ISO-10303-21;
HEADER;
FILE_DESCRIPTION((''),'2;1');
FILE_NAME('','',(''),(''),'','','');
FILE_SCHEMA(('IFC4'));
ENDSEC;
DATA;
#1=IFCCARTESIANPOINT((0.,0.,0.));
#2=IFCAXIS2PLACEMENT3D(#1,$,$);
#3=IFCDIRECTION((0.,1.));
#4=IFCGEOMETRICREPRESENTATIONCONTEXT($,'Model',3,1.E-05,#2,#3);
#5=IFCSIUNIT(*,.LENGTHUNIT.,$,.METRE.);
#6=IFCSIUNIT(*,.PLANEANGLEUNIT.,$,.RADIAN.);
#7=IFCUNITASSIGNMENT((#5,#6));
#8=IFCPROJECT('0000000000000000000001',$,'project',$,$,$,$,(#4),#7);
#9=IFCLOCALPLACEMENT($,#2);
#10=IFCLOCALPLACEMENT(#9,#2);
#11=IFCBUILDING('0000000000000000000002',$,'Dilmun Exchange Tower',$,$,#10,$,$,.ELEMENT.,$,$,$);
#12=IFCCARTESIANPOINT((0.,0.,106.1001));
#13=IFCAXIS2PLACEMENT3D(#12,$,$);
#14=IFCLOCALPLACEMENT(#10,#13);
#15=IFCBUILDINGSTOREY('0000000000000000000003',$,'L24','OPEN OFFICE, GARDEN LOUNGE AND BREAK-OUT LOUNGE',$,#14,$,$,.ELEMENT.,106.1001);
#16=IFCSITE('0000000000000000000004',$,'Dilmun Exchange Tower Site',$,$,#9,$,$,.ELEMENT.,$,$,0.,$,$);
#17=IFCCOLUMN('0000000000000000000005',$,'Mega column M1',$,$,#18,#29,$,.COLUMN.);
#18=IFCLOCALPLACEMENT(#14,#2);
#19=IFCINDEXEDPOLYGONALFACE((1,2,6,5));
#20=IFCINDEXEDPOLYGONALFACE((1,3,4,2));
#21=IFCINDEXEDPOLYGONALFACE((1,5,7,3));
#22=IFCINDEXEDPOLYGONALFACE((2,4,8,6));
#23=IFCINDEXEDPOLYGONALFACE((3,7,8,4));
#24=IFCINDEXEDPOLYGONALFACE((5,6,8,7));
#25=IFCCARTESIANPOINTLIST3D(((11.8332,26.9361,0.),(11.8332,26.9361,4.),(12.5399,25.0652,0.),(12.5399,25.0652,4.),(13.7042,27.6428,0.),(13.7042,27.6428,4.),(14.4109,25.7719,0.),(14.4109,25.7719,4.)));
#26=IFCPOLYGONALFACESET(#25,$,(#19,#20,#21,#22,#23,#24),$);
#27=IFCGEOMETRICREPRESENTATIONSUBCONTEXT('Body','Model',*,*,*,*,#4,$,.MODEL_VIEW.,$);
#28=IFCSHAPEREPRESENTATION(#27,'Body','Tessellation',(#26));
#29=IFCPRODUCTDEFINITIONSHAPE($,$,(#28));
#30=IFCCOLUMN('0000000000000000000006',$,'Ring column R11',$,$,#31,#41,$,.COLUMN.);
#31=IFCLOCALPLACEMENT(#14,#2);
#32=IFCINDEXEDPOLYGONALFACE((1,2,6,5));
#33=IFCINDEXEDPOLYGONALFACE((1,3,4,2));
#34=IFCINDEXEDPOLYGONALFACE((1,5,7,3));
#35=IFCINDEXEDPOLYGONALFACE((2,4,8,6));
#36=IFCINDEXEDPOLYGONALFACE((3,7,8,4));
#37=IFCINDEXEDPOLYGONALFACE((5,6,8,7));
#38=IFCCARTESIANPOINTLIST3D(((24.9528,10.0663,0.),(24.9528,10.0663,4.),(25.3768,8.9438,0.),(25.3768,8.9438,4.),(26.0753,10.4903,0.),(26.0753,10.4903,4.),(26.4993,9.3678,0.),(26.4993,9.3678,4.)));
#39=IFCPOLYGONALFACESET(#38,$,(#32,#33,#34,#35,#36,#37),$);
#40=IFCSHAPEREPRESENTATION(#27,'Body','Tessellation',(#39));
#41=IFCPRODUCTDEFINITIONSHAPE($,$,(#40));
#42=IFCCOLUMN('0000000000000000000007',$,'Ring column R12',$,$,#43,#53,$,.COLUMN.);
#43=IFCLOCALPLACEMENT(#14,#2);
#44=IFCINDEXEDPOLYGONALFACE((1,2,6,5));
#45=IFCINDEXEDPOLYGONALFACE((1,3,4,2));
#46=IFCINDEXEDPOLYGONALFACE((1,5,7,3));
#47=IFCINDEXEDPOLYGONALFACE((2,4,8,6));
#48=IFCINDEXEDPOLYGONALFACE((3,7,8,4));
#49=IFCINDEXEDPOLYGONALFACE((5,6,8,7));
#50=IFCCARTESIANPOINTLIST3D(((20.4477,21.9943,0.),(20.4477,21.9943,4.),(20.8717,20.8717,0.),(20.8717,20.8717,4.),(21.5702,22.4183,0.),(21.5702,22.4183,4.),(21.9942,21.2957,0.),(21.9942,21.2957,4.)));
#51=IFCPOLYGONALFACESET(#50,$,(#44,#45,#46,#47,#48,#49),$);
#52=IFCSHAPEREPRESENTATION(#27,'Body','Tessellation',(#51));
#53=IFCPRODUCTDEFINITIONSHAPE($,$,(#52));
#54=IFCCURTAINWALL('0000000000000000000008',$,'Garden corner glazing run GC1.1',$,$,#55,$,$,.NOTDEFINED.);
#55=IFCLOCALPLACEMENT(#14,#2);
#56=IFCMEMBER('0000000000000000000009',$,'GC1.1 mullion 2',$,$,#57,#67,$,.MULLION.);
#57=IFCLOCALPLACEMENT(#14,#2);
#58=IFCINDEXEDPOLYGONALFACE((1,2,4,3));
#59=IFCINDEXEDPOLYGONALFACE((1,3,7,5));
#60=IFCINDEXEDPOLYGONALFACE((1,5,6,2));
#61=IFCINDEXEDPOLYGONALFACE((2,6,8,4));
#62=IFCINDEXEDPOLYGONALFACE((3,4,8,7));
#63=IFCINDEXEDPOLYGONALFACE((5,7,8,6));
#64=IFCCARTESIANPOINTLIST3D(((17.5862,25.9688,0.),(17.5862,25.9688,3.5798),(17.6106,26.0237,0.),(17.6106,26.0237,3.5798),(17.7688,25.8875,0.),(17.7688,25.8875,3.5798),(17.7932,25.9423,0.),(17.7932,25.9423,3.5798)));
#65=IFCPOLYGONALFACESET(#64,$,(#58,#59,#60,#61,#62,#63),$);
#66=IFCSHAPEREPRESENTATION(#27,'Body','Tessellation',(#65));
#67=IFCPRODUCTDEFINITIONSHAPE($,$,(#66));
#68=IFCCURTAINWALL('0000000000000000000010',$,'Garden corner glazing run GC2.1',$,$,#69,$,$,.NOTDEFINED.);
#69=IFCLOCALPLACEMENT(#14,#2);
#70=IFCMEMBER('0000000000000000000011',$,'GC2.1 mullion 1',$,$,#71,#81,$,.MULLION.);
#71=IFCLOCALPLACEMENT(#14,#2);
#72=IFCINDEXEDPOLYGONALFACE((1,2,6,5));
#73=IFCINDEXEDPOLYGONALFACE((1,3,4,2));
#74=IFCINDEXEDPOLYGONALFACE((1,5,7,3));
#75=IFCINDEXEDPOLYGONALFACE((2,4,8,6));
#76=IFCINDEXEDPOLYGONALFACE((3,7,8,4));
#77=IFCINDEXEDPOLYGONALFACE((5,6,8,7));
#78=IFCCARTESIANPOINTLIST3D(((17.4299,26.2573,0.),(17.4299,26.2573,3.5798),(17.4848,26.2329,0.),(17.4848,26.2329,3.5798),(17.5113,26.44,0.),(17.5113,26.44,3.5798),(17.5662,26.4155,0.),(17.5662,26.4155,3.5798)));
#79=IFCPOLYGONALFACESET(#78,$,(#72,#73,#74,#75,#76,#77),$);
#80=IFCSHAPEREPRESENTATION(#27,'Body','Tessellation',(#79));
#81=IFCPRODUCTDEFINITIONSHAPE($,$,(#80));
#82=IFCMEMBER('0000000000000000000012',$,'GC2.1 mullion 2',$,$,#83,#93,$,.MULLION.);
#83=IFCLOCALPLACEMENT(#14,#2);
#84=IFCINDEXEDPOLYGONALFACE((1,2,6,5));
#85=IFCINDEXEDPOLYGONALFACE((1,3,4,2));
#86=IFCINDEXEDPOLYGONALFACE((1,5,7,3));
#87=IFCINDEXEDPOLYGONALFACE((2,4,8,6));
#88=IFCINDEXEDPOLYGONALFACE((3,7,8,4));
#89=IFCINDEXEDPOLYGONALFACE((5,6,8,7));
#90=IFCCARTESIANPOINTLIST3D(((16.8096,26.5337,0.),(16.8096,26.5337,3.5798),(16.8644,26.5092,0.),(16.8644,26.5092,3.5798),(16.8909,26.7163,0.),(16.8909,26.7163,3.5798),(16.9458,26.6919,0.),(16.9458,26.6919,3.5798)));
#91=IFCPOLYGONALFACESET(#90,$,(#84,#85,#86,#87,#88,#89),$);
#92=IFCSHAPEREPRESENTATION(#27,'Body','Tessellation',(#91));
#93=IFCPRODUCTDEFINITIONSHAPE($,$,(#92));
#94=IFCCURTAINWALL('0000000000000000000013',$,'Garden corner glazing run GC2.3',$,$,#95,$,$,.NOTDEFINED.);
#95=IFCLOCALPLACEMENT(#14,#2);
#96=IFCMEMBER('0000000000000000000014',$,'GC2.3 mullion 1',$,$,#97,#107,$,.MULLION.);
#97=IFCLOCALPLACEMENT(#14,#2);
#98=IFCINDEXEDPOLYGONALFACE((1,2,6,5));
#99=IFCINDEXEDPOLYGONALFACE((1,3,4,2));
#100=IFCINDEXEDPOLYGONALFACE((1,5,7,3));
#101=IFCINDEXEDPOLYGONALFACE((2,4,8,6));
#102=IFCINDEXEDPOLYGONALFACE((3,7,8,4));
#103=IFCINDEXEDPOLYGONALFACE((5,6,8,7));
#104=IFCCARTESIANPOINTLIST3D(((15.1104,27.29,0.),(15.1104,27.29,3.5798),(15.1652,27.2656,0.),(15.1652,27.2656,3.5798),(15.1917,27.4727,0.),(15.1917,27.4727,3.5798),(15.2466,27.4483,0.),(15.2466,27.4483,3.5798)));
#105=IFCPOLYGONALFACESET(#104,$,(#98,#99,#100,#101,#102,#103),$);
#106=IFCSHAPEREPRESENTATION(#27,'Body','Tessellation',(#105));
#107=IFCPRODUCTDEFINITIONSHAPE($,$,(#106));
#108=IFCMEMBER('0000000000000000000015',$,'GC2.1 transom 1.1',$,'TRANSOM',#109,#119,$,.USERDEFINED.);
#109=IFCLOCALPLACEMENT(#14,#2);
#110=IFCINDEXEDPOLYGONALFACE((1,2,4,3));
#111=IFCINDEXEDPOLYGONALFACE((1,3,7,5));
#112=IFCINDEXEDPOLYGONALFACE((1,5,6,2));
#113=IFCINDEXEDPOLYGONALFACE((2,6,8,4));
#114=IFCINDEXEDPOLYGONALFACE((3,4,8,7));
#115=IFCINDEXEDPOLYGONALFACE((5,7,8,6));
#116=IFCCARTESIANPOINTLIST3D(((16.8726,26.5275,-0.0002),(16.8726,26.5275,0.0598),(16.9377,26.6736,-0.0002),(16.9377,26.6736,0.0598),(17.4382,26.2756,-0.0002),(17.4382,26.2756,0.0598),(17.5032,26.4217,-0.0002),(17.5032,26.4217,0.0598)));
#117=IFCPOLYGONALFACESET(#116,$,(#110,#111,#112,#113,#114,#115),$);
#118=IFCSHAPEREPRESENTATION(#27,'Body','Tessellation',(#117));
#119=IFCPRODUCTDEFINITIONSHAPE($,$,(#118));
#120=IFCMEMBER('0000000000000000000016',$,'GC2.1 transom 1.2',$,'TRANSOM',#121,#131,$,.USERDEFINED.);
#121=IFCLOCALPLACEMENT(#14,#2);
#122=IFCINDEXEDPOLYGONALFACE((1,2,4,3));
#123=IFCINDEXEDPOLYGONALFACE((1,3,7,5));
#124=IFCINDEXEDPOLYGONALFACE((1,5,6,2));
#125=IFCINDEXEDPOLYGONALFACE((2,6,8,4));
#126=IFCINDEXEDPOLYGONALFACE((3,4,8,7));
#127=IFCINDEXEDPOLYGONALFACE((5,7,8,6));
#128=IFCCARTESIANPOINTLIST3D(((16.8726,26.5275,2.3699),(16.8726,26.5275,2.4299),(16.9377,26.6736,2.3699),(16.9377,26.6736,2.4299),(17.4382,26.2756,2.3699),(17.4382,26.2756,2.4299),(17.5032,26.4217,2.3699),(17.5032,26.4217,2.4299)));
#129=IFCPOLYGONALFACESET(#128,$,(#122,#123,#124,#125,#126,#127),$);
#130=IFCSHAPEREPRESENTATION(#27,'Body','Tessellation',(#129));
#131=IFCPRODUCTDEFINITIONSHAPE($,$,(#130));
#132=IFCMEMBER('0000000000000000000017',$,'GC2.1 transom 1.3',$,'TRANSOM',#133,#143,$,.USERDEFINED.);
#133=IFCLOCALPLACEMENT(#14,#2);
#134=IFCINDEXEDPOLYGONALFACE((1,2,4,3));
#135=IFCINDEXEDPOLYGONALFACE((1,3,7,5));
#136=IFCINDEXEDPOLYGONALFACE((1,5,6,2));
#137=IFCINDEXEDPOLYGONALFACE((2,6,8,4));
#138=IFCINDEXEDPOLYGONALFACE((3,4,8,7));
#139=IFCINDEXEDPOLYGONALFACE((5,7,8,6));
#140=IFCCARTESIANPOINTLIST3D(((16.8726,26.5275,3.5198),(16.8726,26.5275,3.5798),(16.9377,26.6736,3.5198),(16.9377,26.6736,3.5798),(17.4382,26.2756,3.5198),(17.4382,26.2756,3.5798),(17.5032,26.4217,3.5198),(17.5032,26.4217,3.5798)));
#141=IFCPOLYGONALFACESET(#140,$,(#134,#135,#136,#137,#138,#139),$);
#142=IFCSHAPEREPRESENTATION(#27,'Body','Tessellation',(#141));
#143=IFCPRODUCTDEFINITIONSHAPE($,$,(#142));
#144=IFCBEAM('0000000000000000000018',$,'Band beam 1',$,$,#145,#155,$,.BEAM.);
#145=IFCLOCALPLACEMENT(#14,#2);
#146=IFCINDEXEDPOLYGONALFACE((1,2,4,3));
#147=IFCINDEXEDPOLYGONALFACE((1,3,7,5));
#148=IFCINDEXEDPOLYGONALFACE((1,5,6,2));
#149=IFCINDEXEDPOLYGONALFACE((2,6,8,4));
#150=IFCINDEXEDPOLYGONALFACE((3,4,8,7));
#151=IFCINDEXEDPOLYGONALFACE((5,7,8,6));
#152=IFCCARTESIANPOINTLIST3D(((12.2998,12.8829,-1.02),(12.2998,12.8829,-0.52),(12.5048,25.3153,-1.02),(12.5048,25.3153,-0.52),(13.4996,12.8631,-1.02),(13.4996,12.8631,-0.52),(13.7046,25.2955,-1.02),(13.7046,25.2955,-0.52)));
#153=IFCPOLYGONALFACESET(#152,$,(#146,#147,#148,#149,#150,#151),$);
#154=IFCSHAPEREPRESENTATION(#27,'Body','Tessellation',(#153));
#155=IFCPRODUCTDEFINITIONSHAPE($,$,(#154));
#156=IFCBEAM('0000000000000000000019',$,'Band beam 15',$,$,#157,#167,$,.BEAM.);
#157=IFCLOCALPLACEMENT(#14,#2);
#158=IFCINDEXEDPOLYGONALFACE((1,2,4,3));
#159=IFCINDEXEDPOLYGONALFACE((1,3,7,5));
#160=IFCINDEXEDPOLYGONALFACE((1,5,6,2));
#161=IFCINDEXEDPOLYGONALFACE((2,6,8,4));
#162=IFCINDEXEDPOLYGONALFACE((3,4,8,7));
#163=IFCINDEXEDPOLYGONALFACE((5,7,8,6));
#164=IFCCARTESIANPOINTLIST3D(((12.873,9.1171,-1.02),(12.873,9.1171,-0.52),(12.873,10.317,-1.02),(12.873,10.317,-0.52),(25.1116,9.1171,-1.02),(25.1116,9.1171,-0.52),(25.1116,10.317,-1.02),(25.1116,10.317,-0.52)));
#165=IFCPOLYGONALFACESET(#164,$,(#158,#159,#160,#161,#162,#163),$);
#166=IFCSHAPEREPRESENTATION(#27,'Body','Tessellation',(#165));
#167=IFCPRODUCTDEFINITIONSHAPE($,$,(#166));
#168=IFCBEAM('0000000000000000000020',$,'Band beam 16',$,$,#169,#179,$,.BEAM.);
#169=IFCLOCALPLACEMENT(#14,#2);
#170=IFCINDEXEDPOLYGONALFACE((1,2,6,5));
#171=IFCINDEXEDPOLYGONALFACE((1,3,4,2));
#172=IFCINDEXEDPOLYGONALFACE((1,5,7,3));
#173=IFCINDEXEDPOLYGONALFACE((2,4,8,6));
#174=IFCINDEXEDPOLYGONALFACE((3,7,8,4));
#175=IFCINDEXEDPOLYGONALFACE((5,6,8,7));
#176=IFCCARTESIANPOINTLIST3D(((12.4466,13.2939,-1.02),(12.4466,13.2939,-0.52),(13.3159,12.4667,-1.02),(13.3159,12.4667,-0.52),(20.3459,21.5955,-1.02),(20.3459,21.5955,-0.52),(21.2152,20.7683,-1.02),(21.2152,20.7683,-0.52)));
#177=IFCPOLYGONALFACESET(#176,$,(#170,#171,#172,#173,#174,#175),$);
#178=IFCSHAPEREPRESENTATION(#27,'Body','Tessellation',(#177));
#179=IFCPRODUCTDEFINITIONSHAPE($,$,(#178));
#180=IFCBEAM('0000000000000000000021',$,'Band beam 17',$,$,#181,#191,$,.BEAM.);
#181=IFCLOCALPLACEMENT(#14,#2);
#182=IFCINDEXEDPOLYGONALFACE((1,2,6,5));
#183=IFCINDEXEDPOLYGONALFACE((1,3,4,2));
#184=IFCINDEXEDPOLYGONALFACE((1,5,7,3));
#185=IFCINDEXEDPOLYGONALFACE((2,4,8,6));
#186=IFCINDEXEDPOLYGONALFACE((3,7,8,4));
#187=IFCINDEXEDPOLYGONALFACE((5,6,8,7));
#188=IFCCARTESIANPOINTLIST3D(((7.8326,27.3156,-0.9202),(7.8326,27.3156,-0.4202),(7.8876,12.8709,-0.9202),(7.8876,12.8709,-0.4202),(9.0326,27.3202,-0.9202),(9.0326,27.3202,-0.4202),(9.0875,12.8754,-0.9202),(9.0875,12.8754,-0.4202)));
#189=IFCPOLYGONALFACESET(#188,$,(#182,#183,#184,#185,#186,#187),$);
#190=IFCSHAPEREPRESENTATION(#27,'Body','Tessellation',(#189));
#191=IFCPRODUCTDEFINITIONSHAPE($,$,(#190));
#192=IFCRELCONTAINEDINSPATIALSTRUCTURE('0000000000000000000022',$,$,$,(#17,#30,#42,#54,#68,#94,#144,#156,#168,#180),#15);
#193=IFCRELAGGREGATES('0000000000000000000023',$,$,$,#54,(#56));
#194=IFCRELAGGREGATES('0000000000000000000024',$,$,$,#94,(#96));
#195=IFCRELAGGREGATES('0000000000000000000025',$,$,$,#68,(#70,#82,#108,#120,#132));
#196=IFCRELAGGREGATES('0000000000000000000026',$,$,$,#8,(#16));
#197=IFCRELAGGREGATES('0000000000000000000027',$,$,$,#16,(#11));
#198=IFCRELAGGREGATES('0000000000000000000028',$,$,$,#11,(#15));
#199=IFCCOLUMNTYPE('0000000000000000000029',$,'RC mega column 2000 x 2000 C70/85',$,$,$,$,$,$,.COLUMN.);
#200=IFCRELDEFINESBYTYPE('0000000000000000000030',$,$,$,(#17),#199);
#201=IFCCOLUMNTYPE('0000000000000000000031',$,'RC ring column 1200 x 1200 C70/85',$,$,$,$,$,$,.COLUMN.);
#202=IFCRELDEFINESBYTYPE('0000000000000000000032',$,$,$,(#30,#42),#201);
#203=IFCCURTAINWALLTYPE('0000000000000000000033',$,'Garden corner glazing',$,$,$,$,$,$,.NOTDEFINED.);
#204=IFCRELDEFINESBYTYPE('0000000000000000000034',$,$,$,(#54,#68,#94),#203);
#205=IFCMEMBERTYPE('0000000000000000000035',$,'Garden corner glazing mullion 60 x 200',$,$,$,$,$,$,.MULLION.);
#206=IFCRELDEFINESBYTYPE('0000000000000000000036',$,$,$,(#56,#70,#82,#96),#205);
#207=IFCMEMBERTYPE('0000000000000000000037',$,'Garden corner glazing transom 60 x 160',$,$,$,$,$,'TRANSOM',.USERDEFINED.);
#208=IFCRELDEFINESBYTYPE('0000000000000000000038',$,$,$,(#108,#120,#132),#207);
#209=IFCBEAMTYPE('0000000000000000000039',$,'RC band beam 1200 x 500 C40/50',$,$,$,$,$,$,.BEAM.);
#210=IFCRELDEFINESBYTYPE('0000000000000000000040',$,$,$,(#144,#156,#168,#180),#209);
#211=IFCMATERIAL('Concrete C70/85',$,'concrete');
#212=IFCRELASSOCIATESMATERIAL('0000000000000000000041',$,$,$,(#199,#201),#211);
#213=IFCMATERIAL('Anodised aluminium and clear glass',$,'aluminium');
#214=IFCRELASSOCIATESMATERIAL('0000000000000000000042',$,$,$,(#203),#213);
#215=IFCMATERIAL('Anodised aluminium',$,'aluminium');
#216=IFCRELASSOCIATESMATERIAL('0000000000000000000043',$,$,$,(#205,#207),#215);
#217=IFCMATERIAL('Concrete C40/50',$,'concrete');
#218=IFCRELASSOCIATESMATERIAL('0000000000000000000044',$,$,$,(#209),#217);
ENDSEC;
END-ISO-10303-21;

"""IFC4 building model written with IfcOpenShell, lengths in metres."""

from ifc_helpers import new_model, si_unit, direction, frame, origin, origin_2d, place, context, subcontext, project, spatial, rectangle, extrude, material, material_profile, profile_set, type_object, element, aggregate, save


model = new_model("IFC4")

# Units and contexts
model_context = context("Model", 3, precision=1e-05, world=origin(), true_north=direction((0.0, 1.0)))
body_context = subcontext(model_context, "Body", "Model", "MODEL_VIEW")
ifc_project = project(units=[si_unit("LENGTHUNIT", "METRE"), si_unit("PLANEANGLEUNIT", "RADIAN")], contexts=[model_context])

# Site, building, storey
site_placement = place(None, origin())
site = spatial("IfcSite", under=ifc_project, at=site_placement, Name="Dilmun Exchange Tower Site", CompositionType="ELEMENT", RefElevation=0.0)
building_placement = place(site_placement, origin())
building = spatial("IfcBuilding", under=site, at=building_placement, Name="Dilmun Exchange Tower", CompositionType="ELEMENT")
storey_placement = place(building_placement, frame((0.0, 0.0, 106.1001)))
storey = spatial("IfcBuildingStorey", under=building, at=storey_placement, Name="L24", Description="OPEN OFFICE, GARDEN LOUNGE AND BREAK-OUT LOUNGE", CompositionType="ELEMENT", Elevation=106.1001)

# Columns
ifc_material_1 = material(Name="Concrete C70/85", Category="concrete")
ifc_material_profile_1 = material_profile(ifc_material_1, rectangle(XDim=2.0, YDim=2.0, at=origin_2d()), Name="2000 x 2000")
ifc_profile_set_1 = profile_set([ifc_material_profile_1], Name="Concrete C70/85")
column_type_1 = type_object("IfcColumnType", Name="RC mega column 2000 x 2000 C70/85", PredefinedType="COLUMN", material=ifc_profile_set_1)
column_placement = place(storey_placement, frame((13.1221, 26.354, 0.0), z_axis=(0.0, 0.0, 1.0), x_axis=(0.935492, 0.353349, 0.0)))
element("IfcColumn", 1, at=column_placement, inside=storey, type_object=column_type_1, Name="Mega column M1", PredefinedType="COLUMN", context=body_context, shape_type="SweptSolid", body=[
    extrude(rectangle(XDim=2.0, YDim=2.0, at=origin_2d()), origin(), (0.0, 0.0, 1.0), 4.0),
])
ifc_material_profile_2 = material_profile(ifc_material_1, rectangle(XDim=1.2, YDim=1.2, at=origin_2d()), Name="1200 x 1200")
ifc_profile_set_2 = profile_set([ifc_material_profile_2], Name="Concrete C70/85")
column_type_2 = type_object("IfcColumnType", Name="RC ring column 1200 x 1200 C70/85", PredefinedType="COLUMN", material=ifc_profile_set_2)
for number, where, z_axis, x_axis, name in (
    (2, (25.7261, 9.717, 0.0), (0.0, 0.0, 1.0), (0.935492, 0.353349, 0.0), "Ring column R11"),
    (3, (21.2209, 21.645, 0.0), (0.0, 0.0, 1.0), (0.935492, 0.353349, 0.0), "Ring column R12"),
):
    element("IfcColumn", number, at=place(storey_placement, frame(where, z_axis=z_axis, x_axis=x_axis)), inside=storey, type_object=column_type_2, Name=name, PredefinedType="COLUMN", context=body_context, shape_type="SweptSolid", body=[
        extrude(rectangle(XDim=1.2, YDim=1.2, at=origin_2d()), origin(), (0.0, 0.0, 1.0), 4.0),
    ])

# Curtain wall, member
ifc_material_2 = material(Name="Anodised aluminium and clear glass", Category="aluminium")
curtain_wall_type = type_object("IfcCurtainWallType", Name="Garden corner glazing", PredefinedType="NOTDEFINED", material=ifc_material_2)
curtain_wall_1_placement = place(storey_placement, origin())
curtain_wall_1 = element("IfcCurtainWall", 4, at=curtain_wall_1_placement, inside=storey, type_object=curtain_wall_type, Name="Garden corner glazing run GC1.1", PredefinedType="NOTDEFINED")
ifc_material_3 = material(Name="Anodised aluminium", Category="aluminium")
ifc_material_profile_3 = material_profile(ifc_material_3, rectangle(XDim=0.2, YDim=0.0601, at=origin_2d()), Name="AL 60x200")
ifc_profile_set_3 = profile_set([ifc_material_profile_3], Name="Anodised aluminium")
member_type_1 = type_object("IfcMemberType", Name="Garden corner glazing mullion 60 x 200", PredefinedType="MULLION", material=ifc_profile_set_3)
member_1_placement = place(storey_placement, frame((17.6897, 25.9556, 0.0), z_axis=(0.0, 0.0, 1.0), x_axis=(0.913543, -0.406743, 0.0)))
member_1 = element("IfcMember", 5, at=member_1_placement, type_object=member_type_1, Name="GC1.1 mullion 2", PredefinedType="MULLION", context=body_context, shape_type="SweptSolid", body=[
    extrude(rectangle(XDim=0.2, YDim=0.0601, at=origin_2d()), origin(), (0.0, 0.0, 1.0), 3.5798),
])
aggregate(curtain_wall_1, [member_1])

# Curtain wall, members
curtain_wall_2_placement = place(storey_placement, origin())
curtain_wall_2 = element("IfcCurtainWall", 6, at=curtain_wall_2_placement, inside=storey, type_object=curtain_wall_type, Name="Garden corner glazing run GC2.1", PredefinedType="NOTDEFINED")
member_2_placement = place(storey_placement, frame((17.498, 26.3364, 0.0), z_axis=(0.0, 0.0, 1.0), x_axis=(-0.406829, -0.913504, 0.0)))
member_2 = element("IfcMember", 7, at=member_2_placement, type_object=member_type_1, Name="GC2.1 mullion 1", PredefinedType="MULLION", context=body_context, shape_type="SweptSolid", body=[
    extrude(rectangle(XDim=0.2, YDim=0.0601, at=origin_2d()), origin(), (0.0, 0.0, 1.0), 3.5798),
])
member_3_placement = place(storey_placement, frame((16.8777, 26.6128, 0.0), z_axis=(0.0, 0.0, 1.0), x_axis=(-0.406829, -0.913504, 0.0)))
member_3 = element("IfcMember", 8, at=member_3_placement, type_object=member_type_1, Name="GC2.1 mullion 2", PredefinedType="MULLION", context=body_context, shape_type="SweptSolid", body=[
    extrude(rectangle(XDim=0.2, YDim=0.0601, at=origin_2d()), origin(), (0.0, 0.0, 1.0), 3.5798),
])

# Curtain wall, member
curtain_wall_3_placement = place(storey_placement, origin())
curtain_wall_3 = element("IfcCurtainWall", 9, at=curtain_wall_3_placement, inside=storey, type_object=curtain_wall_type, Name="Garden corner glazing run GC2.3", PredefinedType="NOTDEFINED")
member_4_placement = place(storey_placement, frame((15.1785, 27.3691, 0.0), z_axis=(0.0, 0.0, 1.0), x_axis=(-0.406735, -0.913546, 0.0)))
member_4 = element("IfcMember", 10, at=member_4_placement, type_object=member_type_1, Name="GC2.3 mullion 1", PredefinedType="MULLION", context=body_context, shape_type="SweptSolid", body=[
    extrude(rectangle(XDim=0.2, YDim=0.0601, at=origin_2d()), origin(), (0.0, 0.0, 1.0), 3.5798),
])
aggregate(curtain_wall_3, [member_4])

# Members
ifc_material_profile_4 = material_profile(ifc_material_3, rectangle(XDim=0.1599, YDim=0.0601, at=origin_2d()), Name="AL 60x160")
ifc_profile_set_4 = profile_set([ifc_material_profile_4], Name="Anodised aluminium")
member_type_2 = type_object("IfcMemberType", Name="Garden corner glazing transom 60 x 160", ElementType="TRANSOM", PredefinedType="USERDEFINED", material=ifc_profile_set_4)
member_5_placement = place(storey_placement, frame((17.4707, 26.3486, 0.0298), z_axis=(-0.913486, 0.40687, 0.0), x_axis=(-0.40687, -0.913486, 0.0)))
member_5 = element("IfcMember", 11, at=member_5_placement, type_object=member_type_2, Name="GC2.1 transom 1.1", ObjectType="TRANSOM", PredefinedType="USERDEFINED", context=body_context, shape_type="SweptSolid", body=[
    extrude(rectangle(XDim=0.1599, YDim=0.0601, at=origin_2d()), origin(), (0.0, 0.0, 1.0), 0.6191),
])
member_6_placement = place(storey_placement, frame((17.4707, 26.3486, 2.3999), z_axis=(-0.913486, 0.40687, 0.0), x_axis=(-0.40687, -0.913486, 0.0)))
member_6 = element("IfcMember", 12, at=member_6_placement, type_object=member_type_2, Name="GC2.1 transom 1.2", ObjectType="TRANSOM", PredefinedType="USERDEFINED", context=body_context, shape_type="SweptSolid", body=[
    extrude(rectangle(XDim=0.1599, YDim=0.0601, at=origin_2d()), origin(), (0.0, 0.0, 1.0), 0.6191),
])
member_7_placement = place(storey_placement, frame((17.4707, 26.3486, 3.5498), z_axis=(-0.913486, 0.40687, 0.0), x_axis=(-0.40687, -0.913486, 0.0)))
member_7 = element("IfcMember", 13, at=member_7_placement, type_object=member_type_2, Name="GC2.1 transom 1.3", ObjectType="TRANSOM", PredefinedType="USERDEFINED", context=body_context, shape_type="SweptSolid", body=[
    extrude(rectangle(XDim=0.1599, YDim=0.0601, at=origin_2d()), origin(), (0.0, 0.0, 1.0), 0.6191),
])

# Beams
ifc_material_4 = material(Name="Concrete C40/50", Category="concrete")
ifc_material_profile_5 = material_profile(ifc_material_4, rectangle(XDim=1.2, YDim=0.5, at=origin_2d()), Name="1200 x 500")
ifc_profile_set_5 = profile_set([ifc_material_profile_5], Name="Concrete C40/50")
beam_type_1 = type_object("IfcBeamType", Name="RC band beam 1200 x 500 C40/50", PredefinedType="BEAM", material=ifc_profile_set_5)
beam_1_placement = place(storey_placement, frame((13.1047, 25.3054, -0.77), z_axis=(-0.016493, -0.999864, 0.0), x_axis=(0.999864, -0.016493, 0.0)))
element("IfcBeam", 14, at=beam_1_placement, inside=storey, type_object=beam_type_1, Name="Band beam 1", PredefinedType="BEAM", context=body_context, shape_type="SweptSolid", body=[
    extrude(rectangle(XDim=1.2, YDim=0.5, at=origin_2d()), origin(), (0.0, 0.0, 1.0), 12.4341),
])
beam_2_placement = place(storey_placement, frame((25.1116, 9.717, -0.77), z_axis=(-1.0, 0.0, 0.0), x_axis=(0.0, -1.0, 0.0)))
element("IfcBeam", 15, at=beam_2_placement, inside=storey, type_object=beam_type_1, Name="Band beam 15", PredefinedType="BEAM", context=body_context, shape_type="SweptSolid", body=[
    extrude(rectangle(XDim=1.2, YDim=0.5, at=origin_2d()), origin(), (0.0, 0.0, 1.0), 12.2385),
])
beam_3_placement = place(storey_placement, frame((20.7805, 21.1819, -0.77), z_axis=(-0.689333, -0.724444, 0.0), x_axis=(0.724444, -0.689333, 0.0)))
element("IfcBeam", 16, at=beam_3_placement, inside=storey, type_object=beam_type_1, Name="Band beam 16", PredefinedType="BEAM", context=body_context, shape_type="SweptSolid", body=[
    extrude(rectangle(XDim=1.2, YDim=0.5, at=origin_2d()), origin(), (0.0, 0.0, 1.0), 11.4592),
])
beam_4_placement = place(storey_placement, frame((8.4326, 27.3179, -0.6702), z_axis=(0.003803, -0.999993, 0.0), x_axis=(0.999993, 0.003803, 0.0)))
element("IfcBeam", 17, at=beam_4_placement, inside=storey, type_object=beam_type_1, Name="Band beam 17", PredefinedType="BEAM", context=body_context, shape_type="SweptSolid", body=[
    extrude(rectangle(XDim=1.2, YDim=0.5, at=origin_2d()), origin(), (0.0, 0.0, 1.0), 14.4448),
])

aggregate(curtain_wall_2, [member_2, member_3, member_5, member_6, member_7])

save(model, "model.ifc")
